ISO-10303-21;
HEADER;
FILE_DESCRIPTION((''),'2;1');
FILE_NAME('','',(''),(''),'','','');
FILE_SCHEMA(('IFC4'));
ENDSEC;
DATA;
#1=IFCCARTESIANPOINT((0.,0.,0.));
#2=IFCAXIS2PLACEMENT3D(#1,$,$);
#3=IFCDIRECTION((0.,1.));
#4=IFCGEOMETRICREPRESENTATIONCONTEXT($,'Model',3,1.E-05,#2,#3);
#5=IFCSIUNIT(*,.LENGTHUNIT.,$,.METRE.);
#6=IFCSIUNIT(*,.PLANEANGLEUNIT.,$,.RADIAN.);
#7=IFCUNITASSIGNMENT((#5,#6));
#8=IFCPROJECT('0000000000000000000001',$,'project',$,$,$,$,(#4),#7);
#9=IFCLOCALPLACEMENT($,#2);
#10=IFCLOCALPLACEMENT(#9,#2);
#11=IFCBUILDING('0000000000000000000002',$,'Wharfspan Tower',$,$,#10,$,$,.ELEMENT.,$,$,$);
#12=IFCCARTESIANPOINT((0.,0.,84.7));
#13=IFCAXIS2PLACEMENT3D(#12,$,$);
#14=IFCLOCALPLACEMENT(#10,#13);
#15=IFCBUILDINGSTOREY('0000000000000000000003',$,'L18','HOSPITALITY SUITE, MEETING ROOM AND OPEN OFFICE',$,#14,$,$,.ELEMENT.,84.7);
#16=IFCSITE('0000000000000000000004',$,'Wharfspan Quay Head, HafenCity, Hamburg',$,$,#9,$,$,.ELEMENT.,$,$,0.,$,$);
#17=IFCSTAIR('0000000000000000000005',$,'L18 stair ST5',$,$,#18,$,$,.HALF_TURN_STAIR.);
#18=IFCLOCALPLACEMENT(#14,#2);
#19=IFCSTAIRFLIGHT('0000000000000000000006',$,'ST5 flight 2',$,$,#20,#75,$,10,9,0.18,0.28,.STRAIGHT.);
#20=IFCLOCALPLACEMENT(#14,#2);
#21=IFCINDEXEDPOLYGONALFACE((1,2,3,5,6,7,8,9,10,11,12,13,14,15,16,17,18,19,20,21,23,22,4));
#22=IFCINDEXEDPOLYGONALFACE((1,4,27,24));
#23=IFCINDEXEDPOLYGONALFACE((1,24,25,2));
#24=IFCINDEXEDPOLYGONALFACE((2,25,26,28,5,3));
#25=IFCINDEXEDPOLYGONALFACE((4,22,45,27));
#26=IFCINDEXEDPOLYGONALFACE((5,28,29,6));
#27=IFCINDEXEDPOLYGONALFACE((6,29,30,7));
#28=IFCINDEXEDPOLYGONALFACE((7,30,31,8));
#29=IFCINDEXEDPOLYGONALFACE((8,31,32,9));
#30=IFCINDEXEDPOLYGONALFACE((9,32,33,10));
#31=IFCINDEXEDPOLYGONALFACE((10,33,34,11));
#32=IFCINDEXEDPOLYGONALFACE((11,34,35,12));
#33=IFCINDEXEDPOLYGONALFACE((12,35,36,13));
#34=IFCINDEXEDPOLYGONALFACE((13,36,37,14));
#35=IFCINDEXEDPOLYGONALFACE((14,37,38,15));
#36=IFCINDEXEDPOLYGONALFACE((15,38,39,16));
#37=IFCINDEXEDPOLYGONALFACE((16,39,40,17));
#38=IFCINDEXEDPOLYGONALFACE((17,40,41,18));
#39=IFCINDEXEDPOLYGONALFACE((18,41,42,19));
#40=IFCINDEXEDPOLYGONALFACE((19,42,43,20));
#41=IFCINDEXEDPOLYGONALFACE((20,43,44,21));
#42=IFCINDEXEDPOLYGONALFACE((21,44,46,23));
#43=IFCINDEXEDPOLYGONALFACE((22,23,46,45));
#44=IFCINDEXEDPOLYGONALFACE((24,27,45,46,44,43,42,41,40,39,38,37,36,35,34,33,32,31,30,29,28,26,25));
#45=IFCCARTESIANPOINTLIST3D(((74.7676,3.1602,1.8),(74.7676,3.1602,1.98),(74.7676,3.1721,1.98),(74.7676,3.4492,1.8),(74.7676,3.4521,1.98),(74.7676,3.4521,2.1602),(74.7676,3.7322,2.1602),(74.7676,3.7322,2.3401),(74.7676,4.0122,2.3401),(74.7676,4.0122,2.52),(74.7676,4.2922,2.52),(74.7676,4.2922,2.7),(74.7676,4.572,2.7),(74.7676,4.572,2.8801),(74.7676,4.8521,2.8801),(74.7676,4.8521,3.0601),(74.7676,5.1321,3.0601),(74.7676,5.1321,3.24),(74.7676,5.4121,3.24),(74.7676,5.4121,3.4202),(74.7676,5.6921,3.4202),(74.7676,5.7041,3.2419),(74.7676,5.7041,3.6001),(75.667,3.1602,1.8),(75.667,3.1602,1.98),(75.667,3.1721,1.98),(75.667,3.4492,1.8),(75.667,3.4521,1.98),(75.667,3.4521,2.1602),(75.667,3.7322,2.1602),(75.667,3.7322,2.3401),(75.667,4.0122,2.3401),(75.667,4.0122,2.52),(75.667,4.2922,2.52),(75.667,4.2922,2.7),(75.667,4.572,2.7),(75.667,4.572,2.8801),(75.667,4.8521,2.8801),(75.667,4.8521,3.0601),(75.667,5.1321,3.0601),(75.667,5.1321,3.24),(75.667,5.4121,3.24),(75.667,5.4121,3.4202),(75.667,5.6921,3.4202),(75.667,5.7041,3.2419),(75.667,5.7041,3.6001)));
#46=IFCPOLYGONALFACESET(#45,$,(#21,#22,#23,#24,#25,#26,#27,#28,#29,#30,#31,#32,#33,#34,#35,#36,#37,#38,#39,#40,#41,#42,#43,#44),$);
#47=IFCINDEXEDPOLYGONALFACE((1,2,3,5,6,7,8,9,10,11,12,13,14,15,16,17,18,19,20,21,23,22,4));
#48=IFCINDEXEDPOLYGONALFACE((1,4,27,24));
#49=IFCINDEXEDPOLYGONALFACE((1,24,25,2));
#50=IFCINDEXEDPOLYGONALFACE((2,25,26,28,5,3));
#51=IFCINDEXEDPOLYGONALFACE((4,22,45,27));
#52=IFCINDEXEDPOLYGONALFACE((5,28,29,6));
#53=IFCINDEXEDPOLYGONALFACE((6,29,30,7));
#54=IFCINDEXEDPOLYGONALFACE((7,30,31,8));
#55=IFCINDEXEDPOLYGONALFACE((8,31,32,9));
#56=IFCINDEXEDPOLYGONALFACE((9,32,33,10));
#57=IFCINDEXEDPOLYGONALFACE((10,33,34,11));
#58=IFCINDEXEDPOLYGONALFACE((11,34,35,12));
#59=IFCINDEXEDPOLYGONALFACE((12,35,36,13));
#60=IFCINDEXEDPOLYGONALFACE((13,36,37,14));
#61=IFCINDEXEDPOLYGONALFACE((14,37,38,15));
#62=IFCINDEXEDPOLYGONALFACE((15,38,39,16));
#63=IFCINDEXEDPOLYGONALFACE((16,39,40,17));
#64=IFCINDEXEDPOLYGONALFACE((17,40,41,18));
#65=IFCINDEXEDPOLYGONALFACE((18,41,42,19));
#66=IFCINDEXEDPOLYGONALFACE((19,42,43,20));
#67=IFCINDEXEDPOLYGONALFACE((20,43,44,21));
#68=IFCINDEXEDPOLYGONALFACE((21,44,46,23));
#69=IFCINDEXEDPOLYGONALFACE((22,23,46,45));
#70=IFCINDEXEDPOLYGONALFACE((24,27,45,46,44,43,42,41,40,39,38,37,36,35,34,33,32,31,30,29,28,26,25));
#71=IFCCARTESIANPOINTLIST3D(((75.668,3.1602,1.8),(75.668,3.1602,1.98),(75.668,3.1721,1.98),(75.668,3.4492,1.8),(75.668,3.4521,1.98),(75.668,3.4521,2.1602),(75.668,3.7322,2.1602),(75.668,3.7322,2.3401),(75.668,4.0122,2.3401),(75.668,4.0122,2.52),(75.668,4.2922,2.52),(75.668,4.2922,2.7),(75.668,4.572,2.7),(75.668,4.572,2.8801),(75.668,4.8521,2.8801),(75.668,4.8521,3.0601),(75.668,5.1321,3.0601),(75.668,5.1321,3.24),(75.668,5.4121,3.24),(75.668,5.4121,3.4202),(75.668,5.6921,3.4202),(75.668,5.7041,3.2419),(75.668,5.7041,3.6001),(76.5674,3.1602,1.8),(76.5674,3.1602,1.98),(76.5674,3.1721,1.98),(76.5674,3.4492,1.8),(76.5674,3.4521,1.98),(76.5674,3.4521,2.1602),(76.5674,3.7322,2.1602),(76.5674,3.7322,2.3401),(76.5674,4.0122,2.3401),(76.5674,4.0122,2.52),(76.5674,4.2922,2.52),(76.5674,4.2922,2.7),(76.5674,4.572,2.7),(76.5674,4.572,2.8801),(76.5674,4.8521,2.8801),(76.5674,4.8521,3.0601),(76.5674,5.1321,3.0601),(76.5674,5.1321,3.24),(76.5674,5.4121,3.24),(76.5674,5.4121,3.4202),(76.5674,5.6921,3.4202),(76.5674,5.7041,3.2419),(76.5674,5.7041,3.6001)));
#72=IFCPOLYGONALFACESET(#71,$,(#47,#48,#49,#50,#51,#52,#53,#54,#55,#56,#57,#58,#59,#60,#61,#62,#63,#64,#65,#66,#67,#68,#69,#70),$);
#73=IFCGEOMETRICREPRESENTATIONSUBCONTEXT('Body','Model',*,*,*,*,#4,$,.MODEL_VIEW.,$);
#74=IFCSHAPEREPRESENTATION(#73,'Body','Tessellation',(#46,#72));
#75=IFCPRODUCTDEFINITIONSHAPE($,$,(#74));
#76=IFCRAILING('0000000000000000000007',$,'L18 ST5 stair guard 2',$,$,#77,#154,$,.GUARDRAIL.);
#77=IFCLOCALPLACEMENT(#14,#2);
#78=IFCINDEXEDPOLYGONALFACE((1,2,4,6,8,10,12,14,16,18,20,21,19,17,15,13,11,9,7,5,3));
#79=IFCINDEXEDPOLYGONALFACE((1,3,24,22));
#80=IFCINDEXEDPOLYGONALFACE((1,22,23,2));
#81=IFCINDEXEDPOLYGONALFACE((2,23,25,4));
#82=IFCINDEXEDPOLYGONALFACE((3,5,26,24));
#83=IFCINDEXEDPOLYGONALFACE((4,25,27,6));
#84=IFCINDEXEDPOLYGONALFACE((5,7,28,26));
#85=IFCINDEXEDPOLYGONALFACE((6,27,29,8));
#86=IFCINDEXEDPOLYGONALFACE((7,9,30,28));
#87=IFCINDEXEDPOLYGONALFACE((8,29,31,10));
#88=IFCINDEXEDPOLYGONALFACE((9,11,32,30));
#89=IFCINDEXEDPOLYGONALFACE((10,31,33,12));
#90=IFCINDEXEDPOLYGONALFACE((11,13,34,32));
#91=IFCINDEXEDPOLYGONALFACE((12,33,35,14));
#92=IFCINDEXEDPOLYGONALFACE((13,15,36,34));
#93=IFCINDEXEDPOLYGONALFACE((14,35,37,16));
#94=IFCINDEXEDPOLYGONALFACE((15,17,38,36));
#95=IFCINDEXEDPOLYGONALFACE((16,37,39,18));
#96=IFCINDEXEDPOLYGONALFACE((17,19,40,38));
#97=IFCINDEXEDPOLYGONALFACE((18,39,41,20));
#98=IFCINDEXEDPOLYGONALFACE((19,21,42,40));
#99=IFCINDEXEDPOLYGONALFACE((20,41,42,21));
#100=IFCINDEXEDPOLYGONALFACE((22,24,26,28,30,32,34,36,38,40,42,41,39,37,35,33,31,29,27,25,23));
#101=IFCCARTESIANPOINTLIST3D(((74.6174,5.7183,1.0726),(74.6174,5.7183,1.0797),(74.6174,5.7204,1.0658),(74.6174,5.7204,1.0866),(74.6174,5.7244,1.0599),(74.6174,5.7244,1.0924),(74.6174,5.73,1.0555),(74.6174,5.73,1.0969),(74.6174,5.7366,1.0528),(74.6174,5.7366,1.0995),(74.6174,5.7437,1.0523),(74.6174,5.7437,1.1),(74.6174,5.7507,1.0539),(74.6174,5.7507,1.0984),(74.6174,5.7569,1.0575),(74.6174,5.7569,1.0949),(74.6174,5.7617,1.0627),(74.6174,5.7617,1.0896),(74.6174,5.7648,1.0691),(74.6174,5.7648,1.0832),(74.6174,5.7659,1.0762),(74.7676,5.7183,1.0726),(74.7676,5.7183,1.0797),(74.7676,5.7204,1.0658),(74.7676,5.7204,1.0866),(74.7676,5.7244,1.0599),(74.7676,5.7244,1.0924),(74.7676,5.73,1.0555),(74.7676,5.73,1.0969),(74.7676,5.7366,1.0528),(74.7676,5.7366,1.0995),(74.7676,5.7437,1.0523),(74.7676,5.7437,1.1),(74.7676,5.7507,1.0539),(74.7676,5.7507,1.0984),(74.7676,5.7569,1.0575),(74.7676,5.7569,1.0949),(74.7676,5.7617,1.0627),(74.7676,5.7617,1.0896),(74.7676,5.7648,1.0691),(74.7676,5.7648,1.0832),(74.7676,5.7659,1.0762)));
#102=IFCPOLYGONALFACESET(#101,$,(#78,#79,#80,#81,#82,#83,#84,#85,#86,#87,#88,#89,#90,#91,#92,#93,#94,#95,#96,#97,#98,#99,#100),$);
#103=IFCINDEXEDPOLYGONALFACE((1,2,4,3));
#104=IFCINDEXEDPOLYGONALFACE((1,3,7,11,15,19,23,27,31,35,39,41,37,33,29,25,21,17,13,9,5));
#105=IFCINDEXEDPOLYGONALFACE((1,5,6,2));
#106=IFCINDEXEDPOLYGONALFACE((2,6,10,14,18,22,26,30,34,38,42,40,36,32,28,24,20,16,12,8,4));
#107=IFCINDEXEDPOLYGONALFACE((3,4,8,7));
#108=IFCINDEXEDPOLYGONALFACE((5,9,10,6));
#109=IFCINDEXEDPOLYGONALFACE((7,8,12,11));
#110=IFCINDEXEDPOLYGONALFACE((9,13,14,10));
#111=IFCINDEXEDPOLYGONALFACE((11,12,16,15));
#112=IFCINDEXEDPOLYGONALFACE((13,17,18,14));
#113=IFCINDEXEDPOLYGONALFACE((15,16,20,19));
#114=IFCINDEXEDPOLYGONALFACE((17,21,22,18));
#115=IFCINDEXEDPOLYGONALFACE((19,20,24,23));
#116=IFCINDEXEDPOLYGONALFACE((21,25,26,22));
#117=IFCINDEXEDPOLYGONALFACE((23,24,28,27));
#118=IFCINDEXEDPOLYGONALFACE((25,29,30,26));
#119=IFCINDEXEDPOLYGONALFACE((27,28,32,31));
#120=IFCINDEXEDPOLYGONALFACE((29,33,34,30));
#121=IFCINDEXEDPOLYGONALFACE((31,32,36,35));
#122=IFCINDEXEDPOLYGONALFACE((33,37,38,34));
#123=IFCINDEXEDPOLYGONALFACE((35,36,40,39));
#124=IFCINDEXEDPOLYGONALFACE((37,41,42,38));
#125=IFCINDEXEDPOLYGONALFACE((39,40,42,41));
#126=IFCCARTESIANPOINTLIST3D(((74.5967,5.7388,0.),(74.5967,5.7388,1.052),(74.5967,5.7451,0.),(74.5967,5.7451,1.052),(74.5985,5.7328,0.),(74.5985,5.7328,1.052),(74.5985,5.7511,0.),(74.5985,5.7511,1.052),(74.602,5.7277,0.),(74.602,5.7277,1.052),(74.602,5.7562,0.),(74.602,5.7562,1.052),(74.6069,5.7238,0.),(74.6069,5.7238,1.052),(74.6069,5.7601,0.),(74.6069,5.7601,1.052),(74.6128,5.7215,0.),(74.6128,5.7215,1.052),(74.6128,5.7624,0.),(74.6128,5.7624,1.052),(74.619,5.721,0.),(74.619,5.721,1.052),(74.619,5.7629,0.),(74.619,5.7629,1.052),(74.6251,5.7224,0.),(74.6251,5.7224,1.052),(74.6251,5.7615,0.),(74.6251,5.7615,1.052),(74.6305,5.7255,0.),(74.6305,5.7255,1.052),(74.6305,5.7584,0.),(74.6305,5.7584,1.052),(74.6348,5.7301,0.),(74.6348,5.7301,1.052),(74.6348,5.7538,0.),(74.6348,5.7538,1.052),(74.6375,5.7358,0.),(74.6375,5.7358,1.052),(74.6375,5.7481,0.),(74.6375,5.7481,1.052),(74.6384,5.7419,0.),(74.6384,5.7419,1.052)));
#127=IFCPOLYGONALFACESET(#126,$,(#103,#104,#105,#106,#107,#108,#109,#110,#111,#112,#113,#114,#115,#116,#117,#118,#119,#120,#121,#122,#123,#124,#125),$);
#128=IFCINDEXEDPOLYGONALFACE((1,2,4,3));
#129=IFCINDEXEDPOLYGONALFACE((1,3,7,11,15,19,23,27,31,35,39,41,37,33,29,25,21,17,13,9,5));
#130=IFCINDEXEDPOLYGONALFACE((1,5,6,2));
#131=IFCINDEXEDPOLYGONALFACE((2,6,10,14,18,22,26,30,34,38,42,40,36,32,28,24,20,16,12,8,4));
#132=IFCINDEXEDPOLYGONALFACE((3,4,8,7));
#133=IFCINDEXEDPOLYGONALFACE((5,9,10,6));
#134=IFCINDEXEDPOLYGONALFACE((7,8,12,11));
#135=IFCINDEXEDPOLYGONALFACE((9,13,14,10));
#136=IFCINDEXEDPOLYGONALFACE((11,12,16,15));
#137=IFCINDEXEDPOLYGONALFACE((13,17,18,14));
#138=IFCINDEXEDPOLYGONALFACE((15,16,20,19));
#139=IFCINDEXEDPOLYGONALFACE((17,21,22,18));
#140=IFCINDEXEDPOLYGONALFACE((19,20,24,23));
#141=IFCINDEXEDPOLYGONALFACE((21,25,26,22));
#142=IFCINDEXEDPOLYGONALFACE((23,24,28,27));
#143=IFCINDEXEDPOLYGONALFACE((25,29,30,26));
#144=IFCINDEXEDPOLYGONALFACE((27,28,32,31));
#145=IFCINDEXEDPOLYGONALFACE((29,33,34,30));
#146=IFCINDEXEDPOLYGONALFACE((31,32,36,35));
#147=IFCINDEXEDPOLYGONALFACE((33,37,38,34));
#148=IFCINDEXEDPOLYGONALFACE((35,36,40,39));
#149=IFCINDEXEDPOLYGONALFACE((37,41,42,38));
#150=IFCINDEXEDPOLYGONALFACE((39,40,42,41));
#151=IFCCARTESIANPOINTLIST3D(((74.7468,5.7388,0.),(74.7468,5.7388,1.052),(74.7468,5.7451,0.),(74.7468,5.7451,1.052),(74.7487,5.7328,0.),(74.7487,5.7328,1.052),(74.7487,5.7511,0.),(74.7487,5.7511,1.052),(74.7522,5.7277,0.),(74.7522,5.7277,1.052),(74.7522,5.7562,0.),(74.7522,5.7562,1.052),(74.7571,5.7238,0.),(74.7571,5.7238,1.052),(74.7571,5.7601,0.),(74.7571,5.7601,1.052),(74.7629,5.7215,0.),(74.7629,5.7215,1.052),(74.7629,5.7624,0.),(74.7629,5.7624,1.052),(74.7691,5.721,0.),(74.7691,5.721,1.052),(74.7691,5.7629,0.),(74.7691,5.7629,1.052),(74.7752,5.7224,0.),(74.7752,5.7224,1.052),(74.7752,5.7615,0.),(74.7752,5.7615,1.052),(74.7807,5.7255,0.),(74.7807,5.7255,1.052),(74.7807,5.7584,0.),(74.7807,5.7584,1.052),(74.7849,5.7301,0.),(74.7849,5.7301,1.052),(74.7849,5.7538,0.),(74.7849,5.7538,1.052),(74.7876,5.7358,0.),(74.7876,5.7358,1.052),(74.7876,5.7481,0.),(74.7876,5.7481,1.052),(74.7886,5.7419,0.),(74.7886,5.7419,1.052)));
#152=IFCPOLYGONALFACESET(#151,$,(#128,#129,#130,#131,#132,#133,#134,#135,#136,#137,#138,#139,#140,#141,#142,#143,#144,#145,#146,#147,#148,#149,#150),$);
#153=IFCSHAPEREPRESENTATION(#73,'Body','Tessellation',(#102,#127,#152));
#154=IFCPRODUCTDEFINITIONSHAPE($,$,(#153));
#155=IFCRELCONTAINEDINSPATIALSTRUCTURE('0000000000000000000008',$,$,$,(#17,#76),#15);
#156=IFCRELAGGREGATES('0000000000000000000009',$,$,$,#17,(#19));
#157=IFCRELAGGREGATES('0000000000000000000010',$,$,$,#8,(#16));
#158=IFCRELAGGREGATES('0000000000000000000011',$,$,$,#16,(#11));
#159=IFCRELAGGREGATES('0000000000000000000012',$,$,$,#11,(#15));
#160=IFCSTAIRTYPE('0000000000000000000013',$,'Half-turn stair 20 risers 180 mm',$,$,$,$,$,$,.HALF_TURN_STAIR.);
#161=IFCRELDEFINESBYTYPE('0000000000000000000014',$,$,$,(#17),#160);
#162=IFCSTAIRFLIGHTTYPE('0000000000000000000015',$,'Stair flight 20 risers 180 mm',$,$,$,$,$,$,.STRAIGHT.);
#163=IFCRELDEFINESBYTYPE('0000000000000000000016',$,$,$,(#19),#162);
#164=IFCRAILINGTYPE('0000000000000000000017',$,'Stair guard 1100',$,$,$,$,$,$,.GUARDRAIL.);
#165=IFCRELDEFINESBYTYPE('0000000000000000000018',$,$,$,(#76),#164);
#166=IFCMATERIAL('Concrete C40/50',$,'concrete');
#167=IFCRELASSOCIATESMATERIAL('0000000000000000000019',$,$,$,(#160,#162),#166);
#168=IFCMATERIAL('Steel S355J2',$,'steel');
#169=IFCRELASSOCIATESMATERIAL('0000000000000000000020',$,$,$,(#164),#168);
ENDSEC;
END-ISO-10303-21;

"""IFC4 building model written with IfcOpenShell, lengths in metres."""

from ifc_helpers import new_model, si_unit, direction, frame, origin, origin_2d, place, context, subcontext, project, spatial, polyline, circle, outline, extrude, material, type_object, element, aggregate, save


model = new_model("IFC4")

# Units and contexts
model_context = context("Model", 3, precision=1e-05, world=origin(), true_north=direction((0.0, 1.0)))
body_context = subcontext(model_context, "Body", "Model", "MODEL_VIEW")
ifc_project = project(units=[si_unit("LENGTHUNIT", "METRE"), si_unit("PLANEANGLEUNIT", "RADIAN")], contexts=[model_context])

# Site, building, storey
site_placement = place(None, origin())
site = spatial("IfcSite", under=ifc_project, at=site_placement, Name="Wharfspan Quay Head, HafenCity, Hamburg", CompositionType="ELEMENT", RefElevation=0.0)
building_placement = place(site_placement, origin())
building = spatial("IfcBuilding", under=site, at=building_placement, Name="Wharfspan Tower", CompositionType="ELEMENT")
storey_placement = place(building_placement, frame((0.0, 0.0, 84.7)))
storey = spatial("IfcBuildingStorey", under=building, at=storey_placement, Name="L18", Description="HOSPITALITY SUITE, MEETING ROOM AND OPEN OFFICE", CompositionType="ELEMENT", Elevation=84.7)

# Shared definitions
ifc_material_1 = material(Name="Steel S355J2", Category="steel")

# Shared definitions
ifc_material_2 = material(Name="Concrete C40/50", Category="concrete")

# Stair, stair flight
stair_type = type_object("IfcStairType", Name="Half-turn stair 20 risers 180 mm", PredefinedType="HALF_TURN_STAIR", material=ifc_material_2)
stair_placement = place(storey_placement, origin())
stair = element("IfcStair", 1, at=stair_placement, inside=storey, type_object=stair_type, Name="L18 stair ST5", PredefinedType="HALF_TURN_STAIR")
stair_flight_type = type_object("IfcStairFlightType", Name="Stair flight 20 risers 180 mm", PredefinedType="STRAIGHT", material=ifc_material_2)
stair_flight_1_placement = place(storey_placement, frame((75.6675, 3.1721, 1.8), z_axis=(0.0, 0.0, 1.0), x_axis=(0.0, 1.0, 0.0)))
stair_flight_1 = element("IfcStairFlight", 2, at=stair_flight_1_placement, type_object=stair_flight_type, Name="ST5 flight 2", NumberOfRisers=10, NumberOfTreads=9, PredefinedType="STRAIGHT", RiserHeight=0.18, TreadLength=0.28, context=body_context, shape_type="SweptSolid", body=[
    extrude(outline(polyline([(-0.012, 0.0), (-0.012, 0.1799), (0.0, 0.1799), (0.28, 0.1799), (0.28, 0.3601), (0.5601, 0.3601), (0.5601, 0.54), (0.8401, 0.54), (0.8401, 0.72), (1.1201, 0.72), (1.1201, 0.8999), (1.3999, 0.8999), (1.3999, 1.0801), (1.6799, 1.0801), (1.6799, 1.26), (1.96, 1.26), (1.96, 1.4399), (2.24, 1.4399), (2.24, 1.6201), (2.52, 1.6201), (2.532, 1.8), (2.532, 1.4419), (0.2771, 0.0), (-0.012, 0.0)])), frame((0.0, 0.8999, 0.0), z_axis=(0.0, -1.0, 0.0), x_axis=(1.0, 0.0, 0.0)), (0.0, 0.0, 1.0), 0.8994),
    extrude(outline(polyline([(-0.012, 0.0), (-0.012, 0.1799), (0.0, 0.1799), (0.28, 0.1799), (0.28, 0.3601), (0.5601, 0.3601), (0.5601, 0.54), (0.8401, 0.54), (0.8401, 0.72), (1.1201, 0.72), (1.1201, 0.8999), (1.3999, 0.8999), (1.3999, 1.0801), (1.6799, 1.0801), (1.6799, 1.26), (1.96, 1.26), (1.96, 1.4399), (2.24, 1.4399), (2.24, 1.6201), (2.52, 1.6201), (2.532, 1.8), (2.532, 1.4419), (0.2771, 0.0), (-0.012, 0.0)])), frame((0.0, -0.0005, 0.0), z_axis=(0.0, -1.0, 0.0), x_axis=(1.0, 0.0, 0.0)), (0.0, 0.0, 1.0), 0.8994),
])
aggregate(stair, [stair_flight_1])

# Railing
railing_type_1 = type_object("IfcRailingType", Name="Stair guard 1100", PredefinedType="GUARDRAIL", material=ifc_material_1)
railing_1_placement = place(storey_placement, frame((74.6174, 5.7419, 0.0)))
element("IfcRailing", 3, at=railing_1_placement, inside=storey, type_object=railing_type_1, Name="L18 ST5 stair guard 2", PredefinedType="GUARDRAIL", context=body_context, shape_type="SweptSolid", body=[
    extrude(circle(Radius=0.0239, at=origin_2d()), frame((0.0, 0.0, 1.0762), z_axis=(1.0, 0.0, 0.0), x_axis=(0.0, 1.0, 0.0)), (0.0, 0.0, 1.0), 0.1501),
    extrude(circle(Radius=0.021, at=origin_2d()), origin(), (0.0, 0.0, 1.0), 1.052),
    extrude(circle(Radius=0.021, at=origin_2d()), frame((0.1501, 0.0, 0.0)), (0.0, 0.0, 1.0), 1.052),
])

save(model, "model.ifc")
